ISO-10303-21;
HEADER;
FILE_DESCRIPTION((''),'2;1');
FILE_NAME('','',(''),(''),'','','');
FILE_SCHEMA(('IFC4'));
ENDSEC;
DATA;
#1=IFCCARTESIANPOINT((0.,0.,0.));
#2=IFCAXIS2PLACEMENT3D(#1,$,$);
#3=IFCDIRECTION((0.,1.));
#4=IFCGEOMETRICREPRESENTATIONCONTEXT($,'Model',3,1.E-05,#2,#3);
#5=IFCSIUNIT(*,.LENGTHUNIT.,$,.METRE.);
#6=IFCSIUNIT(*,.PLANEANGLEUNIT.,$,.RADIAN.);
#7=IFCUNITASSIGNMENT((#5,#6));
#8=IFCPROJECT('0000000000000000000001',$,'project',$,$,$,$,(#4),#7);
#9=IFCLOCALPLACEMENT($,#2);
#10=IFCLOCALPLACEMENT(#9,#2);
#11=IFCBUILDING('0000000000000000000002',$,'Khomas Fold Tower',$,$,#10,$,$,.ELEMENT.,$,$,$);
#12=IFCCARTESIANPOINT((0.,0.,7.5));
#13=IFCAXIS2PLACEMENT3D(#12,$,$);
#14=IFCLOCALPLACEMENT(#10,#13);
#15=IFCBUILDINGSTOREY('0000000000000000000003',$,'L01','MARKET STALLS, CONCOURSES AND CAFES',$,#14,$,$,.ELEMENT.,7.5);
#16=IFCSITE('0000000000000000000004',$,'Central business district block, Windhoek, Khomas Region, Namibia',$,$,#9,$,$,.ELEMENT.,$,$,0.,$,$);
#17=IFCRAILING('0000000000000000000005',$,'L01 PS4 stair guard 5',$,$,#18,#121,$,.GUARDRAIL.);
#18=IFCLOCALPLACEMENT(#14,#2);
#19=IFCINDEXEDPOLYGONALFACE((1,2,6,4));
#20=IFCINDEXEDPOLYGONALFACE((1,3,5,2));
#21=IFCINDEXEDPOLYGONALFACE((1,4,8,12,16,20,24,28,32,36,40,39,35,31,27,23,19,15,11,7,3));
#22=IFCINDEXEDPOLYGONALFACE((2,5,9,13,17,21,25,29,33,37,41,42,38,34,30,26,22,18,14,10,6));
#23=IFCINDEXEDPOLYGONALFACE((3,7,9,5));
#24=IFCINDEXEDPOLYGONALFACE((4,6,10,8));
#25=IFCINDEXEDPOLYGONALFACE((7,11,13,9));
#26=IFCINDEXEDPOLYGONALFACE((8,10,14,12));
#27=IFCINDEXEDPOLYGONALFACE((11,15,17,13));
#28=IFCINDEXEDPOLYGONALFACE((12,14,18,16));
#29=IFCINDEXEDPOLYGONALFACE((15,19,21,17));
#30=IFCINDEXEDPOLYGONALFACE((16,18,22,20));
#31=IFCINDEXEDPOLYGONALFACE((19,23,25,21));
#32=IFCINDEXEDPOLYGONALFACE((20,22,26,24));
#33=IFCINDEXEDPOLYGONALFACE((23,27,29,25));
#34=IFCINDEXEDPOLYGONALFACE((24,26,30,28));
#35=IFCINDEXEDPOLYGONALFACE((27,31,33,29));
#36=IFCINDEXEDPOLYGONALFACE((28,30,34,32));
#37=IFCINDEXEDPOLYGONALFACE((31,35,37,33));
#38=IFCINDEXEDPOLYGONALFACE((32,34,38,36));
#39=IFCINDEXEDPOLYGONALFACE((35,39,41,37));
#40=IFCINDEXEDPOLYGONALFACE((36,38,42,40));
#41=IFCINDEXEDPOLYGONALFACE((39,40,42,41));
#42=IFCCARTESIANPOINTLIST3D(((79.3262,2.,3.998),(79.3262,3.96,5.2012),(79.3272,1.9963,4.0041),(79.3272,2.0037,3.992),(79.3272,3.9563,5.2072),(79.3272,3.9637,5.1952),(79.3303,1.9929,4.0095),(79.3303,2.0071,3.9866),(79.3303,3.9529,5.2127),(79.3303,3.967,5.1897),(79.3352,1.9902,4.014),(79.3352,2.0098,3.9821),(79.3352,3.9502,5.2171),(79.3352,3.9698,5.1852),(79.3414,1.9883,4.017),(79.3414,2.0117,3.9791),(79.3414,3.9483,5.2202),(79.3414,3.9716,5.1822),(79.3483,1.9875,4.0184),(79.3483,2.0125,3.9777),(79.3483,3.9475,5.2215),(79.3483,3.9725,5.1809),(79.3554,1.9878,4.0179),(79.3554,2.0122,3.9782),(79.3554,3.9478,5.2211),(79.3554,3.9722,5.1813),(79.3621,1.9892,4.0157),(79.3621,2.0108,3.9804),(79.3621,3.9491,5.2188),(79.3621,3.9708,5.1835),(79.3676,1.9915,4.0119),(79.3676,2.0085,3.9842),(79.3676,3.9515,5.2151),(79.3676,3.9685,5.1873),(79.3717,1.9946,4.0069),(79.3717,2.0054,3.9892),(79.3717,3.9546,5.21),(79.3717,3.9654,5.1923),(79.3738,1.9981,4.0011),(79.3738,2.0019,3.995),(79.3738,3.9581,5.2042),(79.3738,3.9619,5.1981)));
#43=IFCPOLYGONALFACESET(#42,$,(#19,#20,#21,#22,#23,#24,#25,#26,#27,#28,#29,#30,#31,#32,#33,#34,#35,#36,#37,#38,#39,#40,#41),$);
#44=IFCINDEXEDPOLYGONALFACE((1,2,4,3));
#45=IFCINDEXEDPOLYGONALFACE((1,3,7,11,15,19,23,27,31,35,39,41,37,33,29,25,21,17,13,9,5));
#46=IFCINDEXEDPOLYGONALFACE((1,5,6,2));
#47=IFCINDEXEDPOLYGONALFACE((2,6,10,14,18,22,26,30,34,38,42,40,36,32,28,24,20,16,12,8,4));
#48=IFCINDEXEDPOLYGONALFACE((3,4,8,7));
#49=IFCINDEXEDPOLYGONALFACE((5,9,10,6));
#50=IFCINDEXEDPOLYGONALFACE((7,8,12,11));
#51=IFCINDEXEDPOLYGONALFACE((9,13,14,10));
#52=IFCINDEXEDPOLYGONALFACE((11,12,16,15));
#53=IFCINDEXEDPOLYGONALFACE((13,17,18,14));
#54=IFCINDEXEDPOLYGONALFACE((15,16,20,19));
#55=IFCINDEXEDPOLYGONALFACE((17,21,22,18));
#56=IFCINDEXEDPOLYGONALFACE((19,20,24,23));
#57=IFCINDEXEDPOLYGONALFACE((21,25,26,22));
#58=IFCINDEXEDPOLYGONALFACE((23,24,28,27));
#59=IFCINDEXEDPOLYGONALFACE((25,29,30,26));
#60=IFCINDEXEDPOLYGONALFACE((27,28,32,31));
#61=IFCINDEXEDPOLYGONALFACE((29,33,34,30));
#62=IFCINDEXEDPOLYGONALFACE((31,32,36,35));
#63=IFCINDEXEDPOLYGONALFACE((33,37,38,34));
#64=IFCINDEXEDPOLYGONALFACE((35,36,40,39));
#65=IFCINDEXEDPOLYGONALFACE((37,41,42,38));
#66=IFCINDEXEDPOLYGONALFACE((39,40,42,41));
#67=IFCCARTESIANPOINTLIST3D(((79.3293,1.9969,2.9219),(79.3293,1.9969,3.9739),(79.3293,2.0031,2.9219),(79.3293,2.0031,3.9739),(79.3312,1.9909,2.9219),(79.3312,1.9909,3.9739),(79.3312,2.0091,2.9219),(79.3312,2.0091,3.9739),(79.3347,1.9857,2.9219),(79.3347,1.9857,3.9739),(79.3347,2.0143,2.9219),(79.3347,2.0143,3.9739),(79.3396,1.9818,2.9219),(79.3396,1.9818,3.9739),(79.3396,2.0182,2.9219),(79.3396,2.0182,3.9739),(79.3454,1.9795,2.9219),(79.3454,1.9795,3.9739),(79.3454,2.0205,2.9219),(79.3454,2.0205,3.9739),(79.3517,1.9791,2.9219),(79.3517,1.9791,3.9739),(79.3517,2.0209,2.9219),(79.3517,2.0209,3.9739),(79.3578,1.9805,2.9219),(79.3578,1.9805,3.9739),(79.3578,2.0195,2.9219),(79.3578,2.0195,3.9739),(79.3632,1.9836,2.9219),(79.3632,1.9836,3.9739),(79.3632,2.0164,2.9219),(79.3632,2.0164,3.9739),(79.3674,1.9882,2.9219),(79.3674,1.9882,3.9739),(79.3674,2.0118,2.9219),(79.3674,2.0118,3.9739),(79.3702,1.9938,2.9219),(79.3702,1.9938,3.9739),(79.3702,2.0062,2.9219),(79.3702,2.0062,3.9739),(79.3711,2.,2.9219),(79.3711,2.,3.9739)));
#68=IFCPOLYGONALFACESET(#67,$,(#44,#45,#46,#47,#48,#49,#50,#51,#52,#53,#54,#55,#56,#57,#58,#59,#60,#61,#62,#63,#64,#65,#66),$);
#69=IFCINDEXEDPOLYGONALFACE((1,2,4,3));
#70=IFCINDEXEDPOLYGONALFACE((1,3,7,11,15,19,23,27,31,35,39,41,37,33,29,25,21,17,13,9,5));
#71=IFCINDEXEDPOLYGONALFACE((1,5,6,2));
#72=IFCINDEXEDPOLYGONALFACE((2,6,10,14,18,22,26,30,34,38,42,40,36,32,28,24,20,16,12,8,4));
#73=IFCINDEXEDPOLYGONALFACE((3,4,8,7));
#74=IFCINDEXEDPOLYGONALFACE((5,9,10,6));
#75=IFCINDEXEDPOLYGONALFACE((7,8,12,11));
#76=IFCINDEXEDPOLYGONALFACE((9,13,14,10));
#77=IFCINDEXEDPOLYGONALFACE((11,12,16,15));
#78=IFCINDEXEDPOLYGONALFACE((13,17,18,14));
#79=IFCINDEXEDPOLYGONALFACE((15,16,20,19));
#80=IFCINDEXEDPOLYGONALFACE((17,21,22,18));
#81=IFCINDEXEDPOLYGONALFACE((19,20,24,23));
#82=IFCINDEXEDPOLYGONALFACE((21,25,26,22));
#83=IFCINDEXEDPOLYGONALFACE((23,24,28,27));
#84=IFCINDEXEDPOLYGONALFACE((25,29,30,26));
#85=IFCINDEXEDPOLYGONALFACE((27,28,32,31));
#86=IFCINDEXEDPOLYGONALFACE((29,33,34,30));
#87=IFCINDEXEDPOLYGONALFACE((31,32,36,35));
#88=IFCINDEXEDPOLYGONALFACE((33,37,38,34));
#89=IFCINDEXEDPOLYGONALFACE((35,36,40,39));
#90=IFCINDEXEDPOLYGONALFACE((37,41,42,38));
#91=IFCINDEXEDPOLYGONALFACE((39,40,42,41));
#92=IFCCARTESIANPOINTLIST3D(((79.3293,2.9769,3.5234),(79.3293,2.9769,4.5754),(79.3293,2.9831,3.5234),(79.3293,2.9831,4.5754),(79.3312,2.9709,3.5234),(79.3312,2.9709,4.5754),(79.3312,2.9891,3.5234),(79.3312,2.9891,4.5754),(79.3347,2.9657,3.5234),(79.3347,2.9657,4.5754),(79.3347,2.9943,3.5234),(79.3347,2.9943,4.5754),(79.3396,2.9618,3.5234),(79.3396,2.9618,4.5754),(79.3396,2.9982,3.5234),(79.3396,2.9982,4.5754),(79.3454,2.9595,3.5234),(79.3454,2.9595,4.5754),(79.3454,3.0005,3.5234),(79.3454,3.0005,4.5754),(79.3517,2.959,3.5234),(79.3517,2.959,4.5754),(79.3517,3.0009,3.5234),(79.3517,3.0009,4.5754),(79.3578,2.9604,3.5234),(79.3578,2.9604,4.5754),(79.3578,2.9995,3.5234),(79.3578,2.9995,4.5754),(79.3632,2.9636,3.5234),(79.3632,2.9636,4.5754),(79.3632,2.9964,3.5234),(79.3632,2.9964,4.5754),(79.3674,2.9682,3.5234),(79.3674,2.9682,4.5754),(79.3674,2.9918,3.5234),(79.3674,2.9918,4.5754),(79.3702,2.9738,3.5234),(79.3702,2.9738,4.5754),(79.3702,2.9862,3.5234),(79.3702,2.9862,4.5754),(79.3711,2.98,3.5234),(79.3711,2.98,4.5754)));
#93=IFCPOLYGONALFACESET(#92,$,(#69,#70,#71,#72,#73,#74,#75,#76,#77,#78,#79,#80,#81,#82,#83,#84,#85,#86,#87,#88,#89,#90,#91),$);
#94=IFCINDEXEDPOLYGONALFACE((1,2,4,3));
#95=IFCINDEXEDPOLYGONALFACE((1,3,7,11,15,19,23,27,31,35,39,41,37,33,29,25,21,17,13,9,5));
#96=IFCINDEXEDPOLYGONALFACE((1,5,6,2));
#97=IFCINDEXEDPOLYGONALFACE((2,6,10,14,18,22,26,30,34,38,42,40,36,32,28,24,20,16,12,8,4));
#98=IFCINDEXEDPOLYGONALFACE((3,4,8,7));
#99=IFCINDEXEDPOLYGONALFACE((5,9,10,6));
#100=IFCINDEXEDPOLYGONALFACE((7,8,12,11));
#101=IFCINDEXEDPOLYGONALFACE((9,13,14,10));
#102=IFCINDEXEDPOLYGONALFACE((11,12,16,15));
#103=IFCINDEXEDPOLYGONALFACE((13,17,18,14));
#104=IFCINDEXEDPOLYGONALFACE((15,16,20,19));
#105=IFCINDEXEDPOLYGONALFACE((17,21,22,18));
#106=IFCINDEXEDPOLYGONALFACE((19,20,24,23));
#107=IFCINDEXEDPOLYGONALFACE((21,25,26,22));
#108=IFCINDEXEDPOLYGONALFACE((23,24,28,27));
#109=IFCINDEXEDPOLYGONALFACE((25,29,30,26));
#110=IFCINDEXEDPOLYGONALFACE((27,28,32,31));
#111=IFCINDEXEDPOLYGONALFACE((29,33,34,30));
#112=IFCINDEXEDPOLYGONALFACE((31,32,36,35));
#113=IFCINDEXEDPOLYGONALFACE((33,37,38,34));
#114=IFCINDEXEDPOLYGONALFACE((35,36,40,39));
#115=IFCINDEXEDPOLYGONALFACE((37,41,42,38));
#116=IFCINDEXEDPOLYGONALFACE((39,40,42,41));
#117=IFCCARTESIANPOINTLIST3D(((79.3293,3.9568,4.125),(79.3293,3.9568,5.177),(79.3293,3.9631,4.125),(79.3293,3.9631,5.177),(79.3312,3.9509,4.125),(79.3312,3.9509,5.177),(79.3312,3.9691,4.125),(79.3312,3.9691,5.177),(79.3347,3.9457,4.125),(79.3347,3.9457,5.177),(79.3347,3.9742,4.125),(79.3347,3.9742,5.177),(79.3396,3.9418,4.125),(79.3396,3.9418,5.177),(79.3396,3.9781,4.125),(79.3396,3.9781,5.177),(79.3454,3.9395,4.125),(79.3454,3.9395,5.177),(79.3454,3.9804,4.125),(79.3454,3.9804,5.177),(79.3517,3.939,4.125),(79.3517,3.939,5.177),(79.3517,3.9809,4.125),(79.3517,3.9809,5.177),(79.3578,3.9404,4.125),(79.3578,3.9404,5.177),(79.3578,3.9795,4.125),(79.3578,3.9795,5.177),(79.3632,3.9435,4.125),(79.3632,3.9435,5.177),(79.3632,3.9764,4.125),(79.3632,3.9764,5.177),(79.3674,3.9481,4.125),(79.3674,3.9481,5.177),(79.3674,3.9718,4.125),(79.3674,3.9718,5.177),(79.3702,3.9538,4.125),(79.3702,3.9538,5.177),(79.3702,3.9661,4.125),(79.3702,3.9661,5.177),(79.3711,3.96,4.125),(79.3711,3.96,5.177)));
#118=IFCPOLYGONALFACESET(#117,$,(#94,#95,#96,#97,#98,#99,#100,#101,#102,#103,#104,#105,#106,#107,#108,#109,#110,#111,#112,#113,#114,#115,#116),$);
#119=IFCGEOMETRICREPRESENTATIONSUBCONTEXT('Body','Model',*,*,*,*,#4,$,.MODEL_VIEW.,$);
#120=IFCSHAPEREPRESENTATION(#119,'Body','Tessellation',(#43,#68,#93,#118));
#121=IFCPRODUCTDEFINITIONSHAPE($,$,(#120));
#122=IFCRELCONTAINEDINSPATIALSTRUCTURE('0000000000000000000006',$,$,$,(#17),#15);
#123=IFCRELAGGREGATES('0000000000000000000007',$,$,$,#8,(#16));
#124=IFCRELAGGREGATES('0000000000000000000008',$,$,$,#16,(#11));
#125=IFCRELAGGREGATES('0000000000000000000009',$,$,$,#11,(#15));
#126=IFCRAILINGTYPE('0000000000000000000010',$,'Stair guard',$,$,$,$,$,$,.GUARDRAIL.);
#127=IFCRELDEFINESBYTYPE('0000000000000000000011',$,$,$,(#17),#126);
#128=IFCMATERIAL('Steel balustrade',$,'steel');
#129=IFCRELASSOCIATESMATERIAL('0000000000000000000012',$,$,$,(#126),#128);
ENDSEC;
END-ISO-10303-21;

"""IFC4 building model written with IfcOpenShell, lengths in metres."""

from ifc_helpers import new_model, si_unit, direction, frame, origin, origin_2d, place, context, subcontext, project, spatial, circle, extrude, source, transform, mapped, material, type_object, element, save


model = new_model("IFC4")

# Units and contexts
model_context = context("Model", 3, precision=1e-05, world=origin(), true_north=direction((0.0, 1.0)))
body_context = subcontext(model_context, "Body", "Model", "MODEL_VIEW")
ifc_project = project(units=[si_unit("LENGTHUNIT", "METRE"), si_unit("PLANEANGLEUNIT", "RADIAN")], contexts=[model_context])

# Site, building, storey
site_placement = place(None, origin())
site = spatial("IfcSite", under=ifc_project, at=site_placement, Name="Central business district block, Windhoek, Khomas Region, Namibia", CompositionType="ELEMENT", RefElevation=0.0)
building_placement = place(site_placement, origin())
building = spatial("IfcBuilding", under=site, at=building_placement, Name="Khomas Fold Tower", CompositionType="ELEMENT")
storey_placement = place(building_placement, frame((0.0, 0.0, 7.5)))
storey = spatial("IfcBuildingStorey", under=building, at=storey_placement, Name="L01", Description="MARKET STALLS, CONCOURSES AND CAFES", CompositionType="ELEMENT", Elevation=7.5)

# Railing
ifc_material_1 = material(Name="Steel balustrade", Category="steel")
railing_type_1 = type_object("IfcRailingType", Name="Stair guard", PredefinedType="GUARDRAIL", material=ifc_material_1)
shared_shape_1 = source(origin(), body_context, "Body", "SweptSolid", [
    extrude(circle(Radius=0.0239, at=origin_2d()), frame((0.0, 0.0, 1.0762), z_axis=(0.0, 0.852241, 0.523149), x_axis=(-1.0, 0.0, 0.0)), (0.0, 0.0, 1.0), 2.2998),
    extrude(circle(Radius=0.021, at=origin_2d()), origin(), (0.0, 0.0, 1.0), 1.052),
    extrude(circle(Radius=0.021, at=origin_2d()), frame((0.0, 0.98, 0.6016)), (0.0, 0.0, 1.0), 1.052),
    extrude(circle(Radius=0.021, at=origin_2d()), frame((0.0, 1.96, 1.2031)), (0.0, 0.0, 1.0), 1.052),
])
for number, where, name in (
    (1, (79.3501, 2.0, 2.9219), "L01 PS4 stair guard 5"),
):
    element("IfcRailing", number, at=place(storey_placement, frame(where)), inside=storey, type_object=railing_type_1, Name=name, PredefinedType="GUARDRAIL", context=body_context, shape_type="MappedRepresentation", body=[
        mapped(shared_shape_1, transform((0.0, 0.0, 0.0))),
    ])

save(model, "model.ifc")
